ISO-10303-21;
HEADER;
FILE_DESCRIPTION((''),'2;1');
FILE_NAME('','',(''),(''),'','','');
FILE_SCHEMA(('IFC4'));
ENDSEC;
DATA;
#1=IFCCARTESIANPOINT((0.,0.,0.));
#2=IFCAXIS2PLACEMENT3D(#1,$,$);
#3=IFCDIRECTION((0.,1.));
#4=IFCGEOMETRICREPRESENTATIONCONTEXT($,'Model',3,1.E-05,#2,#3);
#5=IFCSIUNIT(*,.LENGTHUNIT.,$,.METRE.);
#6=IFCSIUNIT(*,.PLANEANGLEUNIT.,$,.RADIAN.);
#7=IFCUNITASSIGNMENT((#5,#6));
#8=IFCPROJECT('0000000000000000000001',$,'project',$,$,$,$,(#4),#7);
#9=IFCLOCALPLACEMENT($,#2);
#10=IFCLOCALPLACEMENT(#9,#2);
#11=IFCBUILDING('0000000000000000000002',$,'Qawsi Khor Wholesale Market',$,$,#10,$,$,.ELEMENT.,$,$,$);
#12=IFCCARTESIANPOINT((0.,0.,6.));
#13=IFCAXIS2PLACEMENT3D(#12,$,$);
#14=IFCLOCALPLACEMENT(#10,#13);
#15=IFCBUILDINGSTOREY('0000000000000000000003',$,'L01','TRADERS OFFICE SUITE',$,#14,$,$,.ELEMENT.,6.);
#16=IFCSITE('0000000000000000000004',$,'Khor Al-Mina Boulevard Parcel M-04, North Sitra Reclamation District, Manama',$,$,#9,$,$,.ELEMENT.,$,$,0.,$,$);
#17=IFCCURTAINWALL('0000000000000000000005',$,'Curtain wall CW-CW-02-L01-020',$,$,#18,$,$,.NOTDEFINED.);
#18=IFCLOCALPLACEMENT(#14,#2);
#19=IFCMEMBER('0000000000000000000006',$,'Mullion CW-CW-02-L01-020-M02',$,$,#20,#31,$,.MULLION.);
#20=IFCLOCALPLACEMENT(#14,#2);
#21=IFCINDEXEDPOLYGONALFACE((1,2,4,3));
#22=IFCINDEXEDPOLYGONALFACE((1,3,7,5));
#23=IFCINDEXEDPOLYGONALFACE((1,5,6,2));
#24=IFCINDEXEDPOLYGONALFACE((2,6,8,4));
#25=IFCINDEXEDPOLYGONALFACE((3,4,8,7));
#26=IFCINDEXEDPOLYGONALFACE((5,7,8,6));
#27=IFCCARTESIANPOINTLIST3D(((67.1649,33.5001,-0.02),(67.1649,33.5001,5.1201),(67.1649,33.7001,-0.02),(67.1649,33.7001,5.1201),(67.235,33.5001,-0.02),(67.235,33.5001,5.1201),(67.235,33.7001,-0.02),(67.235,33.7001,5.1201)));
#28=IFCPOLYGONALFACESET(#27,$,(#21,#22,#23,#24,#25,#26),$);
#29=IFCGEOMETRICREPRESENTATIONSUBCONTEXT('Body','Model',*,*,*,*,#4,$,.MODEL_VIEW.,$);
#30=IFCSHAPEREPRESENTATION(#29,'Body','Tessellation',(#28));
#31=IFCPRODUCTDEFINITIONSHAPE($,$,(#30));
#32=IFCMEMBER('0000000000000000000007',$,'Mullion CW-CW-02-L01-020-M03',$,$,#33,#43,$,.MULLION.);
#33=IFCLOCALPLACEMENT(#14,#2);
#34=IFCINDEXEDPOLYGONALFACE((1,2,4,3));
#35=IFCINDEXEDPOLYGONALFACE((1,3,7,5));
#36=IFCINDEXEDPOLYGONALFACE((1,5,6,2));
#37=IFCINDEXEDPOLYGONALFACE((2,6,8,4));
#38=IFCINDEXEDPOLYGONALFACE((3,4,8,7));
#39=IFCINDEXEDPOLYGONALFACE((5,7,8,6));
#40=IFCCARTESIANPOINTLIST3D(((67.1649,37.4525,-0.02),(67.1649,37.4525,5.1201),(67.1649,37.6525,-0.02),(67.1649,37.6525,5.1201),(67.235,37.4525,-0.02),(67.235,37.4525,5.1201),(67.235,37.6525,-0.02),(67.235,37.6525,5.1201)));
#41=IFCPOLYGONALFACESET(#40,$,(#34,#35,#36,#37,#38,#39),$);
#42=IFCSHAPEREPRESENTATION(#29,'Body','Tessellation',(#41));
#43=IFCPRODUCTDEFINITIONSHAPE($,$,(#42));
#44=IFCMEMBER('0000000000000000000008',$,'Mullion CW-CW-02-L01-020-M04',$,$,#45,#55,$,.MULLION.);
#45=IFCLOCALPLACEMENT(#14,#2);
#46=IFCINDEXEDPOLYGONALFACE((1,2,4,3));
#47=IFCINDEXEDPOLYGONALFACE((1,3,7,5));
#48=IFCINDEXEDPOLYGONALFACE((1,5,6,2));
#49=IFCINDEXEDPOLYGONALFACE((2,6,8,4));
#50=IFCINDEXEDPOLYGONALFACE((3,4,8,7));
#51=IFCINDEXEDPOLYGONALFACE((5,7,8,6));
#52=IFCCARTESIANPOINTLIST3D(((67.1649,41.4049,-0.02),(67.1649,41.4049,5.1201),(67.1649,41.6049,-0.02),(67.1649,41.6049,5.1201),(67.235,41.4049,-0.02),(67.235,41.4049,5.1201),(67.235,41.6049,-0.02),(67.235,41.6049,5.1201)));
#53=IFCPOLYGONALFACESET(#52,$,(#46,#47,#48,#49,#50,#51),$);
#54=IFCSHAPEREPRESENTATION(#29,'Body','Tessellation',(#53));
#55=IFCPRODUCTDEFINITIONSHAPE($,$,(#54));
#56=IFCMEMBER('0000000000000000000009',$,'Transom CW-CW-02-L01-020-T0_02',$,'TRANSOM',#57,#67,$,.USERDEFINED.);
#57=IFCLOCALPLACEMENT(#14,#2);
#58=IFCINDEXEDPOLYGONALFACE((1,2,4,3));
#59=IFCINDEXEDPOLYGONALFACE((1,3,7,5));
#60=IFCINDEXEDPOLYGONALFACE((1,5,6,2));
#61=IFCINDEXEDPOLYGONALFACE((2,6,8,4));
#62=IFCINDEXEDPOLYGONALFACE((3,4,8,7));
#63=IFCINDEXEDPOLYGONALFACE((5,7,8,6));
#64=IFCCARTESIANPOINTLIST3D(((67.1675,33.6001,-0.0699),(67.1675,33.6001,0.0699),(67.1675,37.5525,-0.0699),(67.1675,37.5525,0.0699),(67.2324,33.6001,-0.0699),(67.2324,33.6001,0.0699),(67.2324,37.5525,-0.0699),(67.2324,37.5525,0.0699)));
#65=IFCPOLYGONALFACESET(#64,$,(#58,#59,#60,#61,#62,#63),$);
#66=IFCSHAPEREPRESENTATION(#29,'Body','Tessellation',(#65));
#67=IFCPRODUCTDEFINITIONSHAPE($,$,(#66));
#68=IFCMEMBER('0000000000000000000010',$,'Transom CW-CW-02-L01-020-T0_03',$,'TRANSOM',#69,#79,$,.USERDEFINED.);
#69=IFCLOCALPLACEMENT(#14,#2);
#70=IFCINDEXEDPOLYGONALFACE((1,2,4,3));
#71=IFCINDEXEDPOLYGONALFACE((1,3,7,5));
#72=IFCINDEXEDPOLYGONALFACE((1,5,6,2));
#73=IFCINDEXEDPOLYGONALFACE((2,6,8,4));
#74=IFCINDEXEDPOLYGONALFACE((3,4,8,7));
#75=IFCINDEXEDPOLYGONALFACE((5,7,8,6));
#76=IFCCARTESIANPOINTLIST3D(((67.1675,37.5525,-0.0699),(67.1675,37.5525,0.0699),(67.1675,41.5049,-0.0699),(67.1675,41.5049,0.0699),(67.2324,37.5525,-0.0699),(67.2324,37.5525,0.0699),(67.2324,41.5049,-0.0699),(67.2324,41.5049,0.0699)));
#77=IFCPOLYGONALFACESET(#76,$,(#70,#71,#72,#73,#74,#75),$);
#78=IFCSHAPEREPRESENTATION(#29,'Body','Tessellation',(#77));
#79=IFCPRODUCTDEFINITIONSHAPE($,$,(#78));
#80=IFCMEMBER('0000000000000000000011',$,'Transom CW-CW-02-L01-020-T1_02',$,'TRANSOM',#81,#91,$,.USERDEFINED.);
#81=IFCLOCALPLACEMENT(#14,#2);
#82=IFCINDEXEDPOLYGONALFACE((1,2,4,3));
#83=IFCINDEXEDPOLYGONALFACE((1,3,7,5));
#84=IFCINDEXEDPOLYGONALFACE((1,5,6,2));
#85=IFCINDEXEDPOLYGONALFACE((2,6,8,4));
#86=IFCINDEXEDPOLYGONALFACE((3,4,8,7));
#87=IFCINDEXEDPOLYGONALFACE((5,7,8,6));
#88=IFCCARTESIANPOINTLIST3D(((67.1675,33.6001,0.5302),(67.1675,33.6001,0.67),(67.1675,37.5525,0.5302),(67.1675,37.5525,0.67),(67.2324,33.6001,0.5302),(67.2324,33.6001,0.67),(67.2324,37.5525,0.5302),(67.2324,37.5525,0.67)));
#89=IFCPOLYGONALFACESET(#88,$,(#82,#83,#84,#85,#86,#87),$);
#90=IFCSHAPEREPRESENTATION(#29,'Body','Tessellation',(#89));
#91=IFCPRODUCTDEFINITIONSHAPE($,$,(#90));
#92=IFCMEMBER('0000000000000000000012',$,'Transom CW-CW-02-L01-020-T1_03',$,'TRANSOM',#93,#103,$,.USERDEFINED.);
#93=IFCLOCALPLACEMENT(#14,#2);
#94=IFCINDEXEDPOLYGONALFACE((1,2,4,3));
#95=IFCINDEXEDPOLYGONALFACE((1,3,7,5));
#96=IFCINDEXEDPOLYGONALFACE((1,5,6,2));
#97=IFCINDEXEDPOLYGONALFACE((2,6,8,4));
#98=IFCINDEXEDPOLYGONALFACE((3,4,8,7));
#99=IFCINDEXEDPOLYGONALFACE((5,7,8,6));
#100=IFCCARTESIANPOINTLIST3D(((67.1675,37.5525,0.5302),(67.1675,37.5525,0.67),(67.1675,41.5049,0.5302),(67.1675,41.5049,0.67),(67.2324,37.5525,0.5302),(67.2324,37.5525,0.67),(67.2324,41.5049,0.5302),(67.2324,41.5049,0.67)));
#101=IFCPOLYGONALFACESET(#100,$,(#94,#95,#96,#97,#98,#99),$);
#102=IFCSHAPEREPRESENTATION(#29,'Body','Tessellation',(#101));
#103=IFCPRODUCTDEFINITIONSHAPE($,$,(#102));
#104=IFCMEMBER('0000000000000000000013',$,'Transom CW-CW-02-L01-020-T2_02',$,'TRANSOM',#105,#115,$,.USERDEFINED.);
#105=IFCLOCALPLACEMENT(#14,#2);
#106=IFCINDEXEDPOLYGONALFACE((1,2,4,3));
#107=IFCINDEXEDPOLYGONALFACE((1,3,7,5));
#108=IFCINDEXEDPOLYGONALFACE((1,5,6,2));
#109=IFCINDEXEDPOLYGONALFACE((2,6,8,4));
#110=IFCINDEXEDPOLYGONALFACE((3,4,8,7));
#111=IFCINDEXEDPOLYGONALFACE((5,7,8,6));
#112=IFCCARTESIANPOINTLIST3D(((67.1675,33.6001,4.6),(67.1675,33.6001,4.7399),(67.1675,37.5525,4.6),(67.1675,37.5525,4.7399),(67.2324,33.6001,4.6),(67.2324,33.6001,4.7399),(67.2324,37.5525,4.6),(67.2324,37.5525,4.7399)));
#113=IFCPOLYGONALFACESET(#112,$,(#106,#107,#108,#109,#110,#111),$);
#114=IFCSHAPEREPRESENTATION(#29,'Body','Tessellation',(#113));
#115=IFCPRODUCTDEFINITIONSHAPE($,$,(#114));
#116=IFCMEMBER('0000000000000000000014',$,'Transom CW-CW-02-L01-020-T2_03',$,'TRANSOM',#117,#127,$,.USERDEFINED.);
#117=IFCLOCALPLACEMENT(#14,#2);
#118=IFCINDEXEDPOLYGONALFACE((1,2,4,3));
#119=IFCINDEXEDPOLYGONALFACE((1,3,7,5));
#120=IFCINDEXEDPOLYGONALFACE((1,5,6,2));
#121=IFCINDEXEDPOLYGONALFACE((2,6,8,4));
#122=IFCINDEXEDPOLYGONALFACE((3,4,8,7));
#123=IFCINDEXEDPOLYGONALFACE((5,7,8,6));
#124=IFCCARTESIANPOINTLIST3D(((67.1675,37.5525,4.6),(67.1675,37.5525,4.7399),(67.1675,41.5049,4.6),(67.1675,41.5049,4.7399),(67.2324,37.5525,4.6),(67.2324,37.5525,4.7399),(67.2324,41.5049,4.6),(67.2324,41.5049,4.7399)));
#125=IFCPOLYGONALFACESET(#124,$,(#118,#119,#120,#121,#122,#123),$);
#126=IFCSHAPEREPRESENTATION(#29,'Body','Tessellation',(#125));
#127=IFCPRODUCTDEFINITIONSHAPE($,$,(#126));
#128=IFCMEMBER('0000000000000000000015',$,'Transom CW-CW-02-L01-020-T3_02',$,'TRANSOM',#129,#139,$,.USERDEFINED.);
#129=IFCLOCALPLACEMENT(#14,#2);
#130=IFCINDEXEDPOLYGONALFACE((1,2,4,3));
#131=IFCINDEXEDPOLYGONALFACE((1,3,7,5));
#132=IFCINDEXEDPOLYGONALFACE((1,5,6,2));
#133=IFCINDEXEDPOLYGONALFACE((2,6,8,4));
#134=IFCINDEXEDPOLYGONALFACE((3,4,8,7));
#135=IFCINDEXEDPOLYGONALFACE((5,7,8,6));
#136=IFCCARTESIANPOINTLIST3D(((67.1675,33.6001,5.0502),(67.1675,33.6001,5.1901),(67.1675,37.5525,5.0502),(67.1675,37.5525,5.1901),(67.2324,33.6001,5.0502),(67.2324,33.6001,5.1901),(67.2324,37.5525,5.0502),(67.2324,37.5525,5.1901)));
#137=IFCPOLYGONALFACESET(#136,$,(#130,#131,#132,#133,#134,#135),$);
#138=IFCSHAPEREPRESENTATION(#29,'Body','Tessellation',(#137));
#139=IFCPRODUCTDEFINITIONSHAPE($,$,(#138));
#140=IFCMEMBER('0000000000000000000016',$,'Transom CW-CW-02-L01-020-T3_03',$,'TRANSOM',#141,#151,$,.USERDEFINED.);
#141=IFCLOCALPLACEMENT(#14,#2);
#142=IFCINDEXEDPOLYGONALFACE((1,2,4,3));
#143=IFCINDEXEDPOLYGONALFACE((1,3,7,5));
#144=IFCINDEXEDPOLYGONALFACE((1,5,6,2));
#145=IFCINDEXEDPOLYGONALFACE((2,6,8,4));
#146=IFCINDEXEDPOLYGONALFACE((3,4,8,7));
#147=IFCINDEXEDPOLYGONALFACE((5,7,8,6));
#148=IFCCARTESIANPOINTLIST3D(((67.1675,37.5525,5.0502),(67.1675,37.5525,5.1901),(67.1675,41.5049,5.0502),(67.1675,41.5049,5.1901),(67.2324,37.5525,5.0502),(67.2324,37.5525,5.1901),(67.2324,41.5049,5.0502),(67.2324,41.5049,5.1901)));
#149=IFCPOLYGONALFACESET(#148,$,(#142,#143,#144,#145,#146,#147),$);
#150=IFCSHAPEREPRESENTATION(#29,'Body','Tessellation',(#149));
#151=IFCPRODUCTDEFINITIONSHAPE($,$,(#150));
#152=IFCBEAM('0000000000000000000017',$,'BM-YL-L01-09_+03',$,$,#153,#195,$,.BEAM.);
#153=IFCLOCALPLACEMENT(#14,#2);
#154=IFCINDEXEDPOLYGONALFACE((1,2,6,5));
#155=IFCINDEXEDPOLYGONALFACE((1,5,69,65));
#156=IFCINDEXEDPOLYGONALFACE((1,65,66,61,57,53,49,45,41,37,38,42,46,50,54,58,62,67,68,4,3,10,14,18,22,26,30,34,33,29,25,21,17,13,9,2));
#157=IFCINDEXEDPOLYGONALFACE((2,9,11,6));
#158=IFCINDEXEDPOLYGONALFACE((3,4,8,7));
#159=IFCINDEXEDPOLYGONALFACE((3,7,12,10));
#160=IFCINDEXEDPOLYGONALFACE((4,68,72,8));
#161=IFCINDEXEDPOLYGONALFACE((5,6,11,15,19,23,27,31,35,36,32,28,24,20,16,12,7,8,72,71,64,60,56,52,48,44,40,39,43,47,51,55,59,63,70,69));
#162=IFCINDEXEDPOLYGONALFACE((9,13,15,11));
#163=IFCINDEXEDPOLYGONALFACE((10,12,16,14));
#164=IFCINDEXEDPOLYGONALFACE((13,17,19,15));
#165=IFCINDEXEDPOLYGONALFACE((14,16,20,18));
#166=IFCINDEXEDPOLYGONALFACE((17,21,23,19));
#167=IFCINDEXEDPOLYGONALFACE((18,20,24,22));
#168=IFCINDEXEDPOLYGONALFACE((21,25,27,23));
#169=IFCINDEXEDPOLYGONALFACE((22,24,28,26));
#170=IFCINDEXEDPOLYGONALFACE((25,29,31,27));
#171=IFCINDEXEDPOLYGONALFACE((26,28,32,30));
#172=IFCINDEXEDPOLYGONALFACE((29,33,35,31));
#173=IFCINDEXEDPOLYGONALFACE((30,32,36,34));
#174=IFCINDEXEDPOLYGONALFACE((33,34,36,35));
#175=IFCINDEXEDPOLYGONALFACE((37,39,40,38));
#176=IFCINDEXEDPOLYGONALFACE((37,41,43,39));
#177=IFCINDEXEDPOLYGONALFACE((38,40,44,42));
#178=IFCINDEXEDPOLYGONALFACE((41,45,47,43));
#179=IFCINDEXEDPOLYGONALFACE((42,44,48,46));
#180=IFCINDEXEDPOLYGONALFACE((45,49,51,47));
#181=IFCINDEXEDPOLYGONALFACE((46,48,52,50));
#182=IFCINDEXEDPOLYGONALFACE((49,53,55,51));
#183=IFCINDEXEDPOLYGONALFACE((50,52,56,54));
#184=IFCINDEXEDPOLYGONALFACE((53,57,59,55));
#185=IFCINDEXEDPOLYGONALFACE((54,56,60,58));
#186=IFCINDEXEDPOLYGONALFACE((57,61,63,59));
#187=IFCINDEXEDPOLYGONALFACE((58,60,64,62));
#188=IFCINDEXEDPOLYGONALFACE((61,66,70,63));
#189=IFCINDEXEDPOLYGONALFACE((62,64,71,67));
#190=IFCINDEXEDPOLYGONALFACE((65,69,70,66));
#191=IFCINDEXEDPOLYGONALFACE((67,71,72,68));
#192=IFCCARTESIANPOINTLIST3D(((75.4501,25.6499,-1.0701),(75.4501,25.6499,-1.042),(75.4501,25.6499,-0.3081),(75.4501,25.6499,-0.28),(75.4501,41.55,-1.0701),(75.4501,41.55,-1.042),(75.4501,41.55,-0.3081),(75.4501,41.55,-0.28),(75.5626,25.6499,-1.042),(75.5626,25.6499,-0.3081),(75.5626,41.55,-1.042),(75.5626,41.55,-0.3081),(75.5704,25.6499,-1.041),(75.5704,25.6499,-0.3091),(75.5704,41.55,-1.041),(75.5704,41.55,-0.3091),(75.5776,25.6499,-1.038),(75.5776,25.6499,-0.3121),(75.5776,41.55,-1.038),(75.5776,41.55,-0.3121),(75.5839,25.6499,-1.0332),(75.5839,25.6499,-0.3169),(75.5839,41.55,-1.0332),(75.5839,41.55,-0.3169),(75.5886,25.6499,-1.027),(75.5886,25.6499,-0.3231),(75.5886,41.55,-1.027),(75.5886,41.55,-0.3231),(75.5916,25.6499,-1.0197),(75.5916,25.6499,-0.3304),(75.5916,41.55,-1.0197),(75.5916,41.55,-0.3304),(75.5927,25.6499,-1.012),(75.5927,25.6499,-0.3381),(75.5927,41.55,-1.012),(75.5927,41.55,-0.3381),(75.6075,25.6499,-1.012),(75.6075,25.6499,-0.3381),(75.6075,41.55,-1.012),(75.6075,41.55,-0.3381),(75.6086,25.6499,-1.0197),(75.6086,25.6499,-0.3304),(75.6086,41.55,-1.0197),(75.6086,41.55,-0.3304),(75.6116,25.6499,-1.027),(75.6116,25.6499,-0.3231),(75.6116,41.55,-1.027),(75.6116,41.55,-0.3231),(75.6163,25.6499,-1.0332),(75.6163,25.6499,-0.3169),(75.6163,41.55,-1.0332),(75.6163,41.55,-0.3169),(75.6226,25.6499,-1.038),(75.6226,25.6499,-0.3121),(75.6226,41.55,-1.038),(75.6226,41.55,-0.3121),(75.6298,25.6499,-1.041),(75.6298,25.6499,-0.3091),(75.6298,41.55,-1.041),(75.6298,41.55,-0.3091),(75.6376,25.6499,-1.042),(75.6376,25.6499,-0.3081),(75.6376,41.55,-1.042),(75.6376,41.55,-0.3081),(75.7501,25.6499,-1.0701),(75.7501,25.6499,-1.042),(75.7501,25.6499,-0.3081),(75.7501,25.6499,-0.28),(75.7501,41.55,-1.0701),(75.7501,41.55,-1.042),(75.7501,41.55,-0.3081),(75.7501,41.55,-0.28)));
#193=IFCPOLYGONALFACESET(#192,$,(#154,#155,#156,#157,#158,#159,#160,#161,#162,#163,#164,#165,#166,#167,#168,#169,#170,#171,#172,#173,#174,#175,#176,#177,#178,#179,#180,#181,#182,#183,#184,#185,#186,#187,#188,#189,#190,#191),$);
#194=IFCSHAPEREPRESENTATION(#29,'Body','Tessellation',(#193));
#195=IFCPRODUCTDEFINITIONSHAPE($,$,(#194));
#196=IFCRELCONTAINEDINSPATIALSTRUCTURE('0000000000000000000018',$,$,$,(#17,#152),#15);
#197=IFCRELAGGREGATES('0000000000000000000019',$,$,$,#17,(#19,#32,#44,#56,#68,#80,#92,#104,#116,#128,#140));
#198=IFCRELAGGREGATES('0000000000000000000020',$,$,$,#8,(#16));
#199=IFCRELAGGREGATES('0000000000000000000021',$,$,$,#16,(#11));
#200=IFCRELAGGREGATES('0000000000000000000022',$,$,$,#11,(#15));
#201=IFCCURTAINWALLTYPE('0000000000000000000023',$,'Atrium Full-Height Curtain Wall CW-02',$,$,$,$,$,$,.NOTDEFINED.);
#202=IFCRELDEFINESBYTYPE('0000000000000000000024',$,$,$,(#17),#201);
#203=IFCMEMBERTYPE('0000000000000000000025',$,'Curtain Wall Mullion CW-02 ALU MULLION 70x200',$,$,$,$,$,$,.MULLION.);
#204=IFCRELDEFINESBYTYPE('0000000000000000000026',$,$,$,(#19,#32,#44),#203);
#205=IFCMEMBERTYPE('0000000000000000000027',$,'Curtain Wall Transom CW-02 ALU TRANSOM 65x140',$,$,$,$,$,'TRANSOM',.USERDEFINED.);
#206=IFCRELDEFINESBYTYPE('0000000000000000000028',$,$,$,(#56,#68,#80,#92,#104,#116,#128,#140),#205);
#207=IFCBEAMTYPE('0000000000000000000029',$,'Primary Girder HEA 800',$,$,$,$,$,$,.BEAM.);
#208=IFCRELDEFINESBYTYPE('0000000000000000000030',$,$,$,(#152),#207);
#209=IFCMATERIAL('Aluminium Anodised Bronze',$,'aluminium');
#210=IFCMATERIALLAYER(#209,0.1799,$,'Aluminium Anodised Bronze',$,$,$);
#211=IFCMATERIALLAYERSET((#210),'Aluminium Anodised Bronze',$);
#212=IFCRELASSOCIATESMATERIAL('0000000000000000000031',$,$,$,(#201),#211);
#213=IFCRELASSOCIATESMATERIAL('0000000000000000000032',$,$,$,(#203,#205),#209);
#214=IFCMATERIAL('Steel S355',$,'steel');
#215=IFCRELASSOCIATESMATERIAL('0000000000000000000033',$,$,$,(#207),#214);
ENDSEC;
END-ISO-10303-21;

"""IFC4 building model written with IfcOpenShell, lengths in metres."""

from ifc_helpers import new_model, si_unit, direction, frame, origin, origin_2d, place, context, subcontext, project, spatial, rectangle, i_section, extrude, material, layer, layer_set, material_profile, profile_set, type_object, element, aggregate, save


model = new_model("IFC4")

# Units and contexts
model_context = context("Model", 3, precision=1e-05, world=origin(), true_north=direction((0.0, 1.0)))
body_context = subcontext(model_context, "Body", "Model", "MODEL_VIEW")
ifc_project = project(units=[si_unit("LENGTHUNIT", "METRE"), si_unit("PLANEANGLEUNIT", "RADIAN")], contexts=[model_context])

# Site, building, storey
site_placement = place(None, origin())
site = spatial("IfcSite", under=ifc_project, at=site_placement, Name="Khor Al-Mina Boulevard Parcel M-04, North Sitra Reclamation District, Manama", CompositionType="ELEMENT", RefElevation=0.0)
building_placement = place(site_placement, origin())
building = spatial("IfcBuilding", under=site, at=building_placement, Name="Qawsi Khor Wholesale Market", CompositionType="ELEMENT")
storey_placement = place(building_placement, frame((0.0, 0.0, 6.0)))
storey = spatial("IfcBuildingStorey", under=building, at=storey_placement, Name="L01", Description="TRADERS OFFICE SUITE", CompositionType="ELEMENT", Elevation=6.0)

# Curtain wall, members
ifc_material_1 = material(Name="Aluminium Anodised Bronze", Category="aluminium")
ifc_layer_1 = layer(ifc_material_1, 0.1799, Name="Aluminium Anodised Bronze")
ifc_layer_set_1 = layer_set([ifc_layer_1], Name="Aluminium Anodised Bronze")
curtain_wall_type = type_object("IfcCurtainWallType", Name="Atrium Full-Height Curtain Wall CW-02", PredefinedType="NOTDEFINED", material=ifc_layer_set_1)
curtain_wall_placement = place(storey_placement, origin())
curtain_wall = element("IfcCurtainWall", 1, at=curtain_wall_placement, inside=storey, type_object=curtain_wall_type, Name="Curtain wall CW-CW-02-L01-020", PredefinedType="NOTDEFINED")
ifc_material_profile_1 = material_profile(ifc_material_1, rectangle(XDim=0.0701, YDim=0.2, at=origin_2d()), Name="ALU MULLION 70x200")
ifc_profile_set_1 = profile_set([ifc_material_profile_1], Name="Aluminium Anodised Bronze")
member_type_1 = type_object("IfcMemberType", Name="Curtain Wall Mullion CW-02 ALU MULLION 70x200", PredefinedType="MULLION", material=ifc_profile_set_1)
member_1_placement = place(storey_placement, frame((67.2, 33.6001, -0.02), z_axis=(0.0, 0.0, 1.0), x_axis=(1.0, 0.0, 0.0)))
member_1 = element("IfcMember", 2, at=member_1_placement, type_object=member_type_1, Name="Mullion CW-CW-02-L01-020-M02", PredefinedType="MULLION", context=body_context, shape_type="SweptSolid", body=[
    extrude(rectangle(XDim=0.0701, YDim=0.2, at=origin_2d()), origin(), (0.0, 0.0, 1.0), 5.1401),
])
member_2_placement = place(storey_placement, frame((67.2, 37.5525, -0.02), z_axis=(0.0, 0.0, 1.0), x_axis=(1.0, 0.0, 0.0)))
member_2 = element("IfcMember", 3, at=member_2_placement, type_object=member_type_1, Name="Mullion CW-CW-02-L01-020-M03", PredefinedType="MULLION", context=body_context, shape_type="SweptSolid", body=[
    extrude(rectangle(XDim=0.0701, YDim=0.2, at=origin_2d()), origin(), (0.0, 0.0, 1.0), 5.1401),
])
member_3_placement = place(storey_placement, frame((67.2, 41.5049, -0.02), z_axis=(0.0, 0.0, 1.0), x_axis=(1.0, 0.0, 0.0)))
member_3 = element("IfcMember", 4, at=member_3_placement, type_object=member_type_1, Name="Mullion CW-CW-02-L01-020-M04", PredefinedType="MULLION", context=body_context, shape_type="SweptSolid", body=[
    extrude(rectangle(XDim=0.0701, YDim=0.2, at=origin_2d()), origin(), (0.0, 0.0, 1.0), 5.1401),
])
ifc_material_profile_2 = material_profile(ifc_material_1, rectangle(XDim=0.0649, YDim=0.1399, at=origin_2d()), Name="ALU TRANSOM 65x140")
ifc_profile_set_2 = profile_set([ifc_material_profile_2], Name="Aluminium Anodised Bronze")
member_type_2 = type_object("IfcMemberType", Name="Curtain Wall Transom CW-02 ALU TRANSOM 65x140", ElementType="TRANSOM", PredefinedType="USERDEFINED", material=ifc_profile_set_2)
member_4_placement = place(storey_placement, frame((67.2, 33.6001, 0.0), z_axis=(0.0, 1.0, 0.0), x_axis=(-1.0, 0.0, 0.0)))
member_4 = element("IfcMember", 5, at=member_4_placement, type_object=member_type_2, Name="Transom CW-CW-02-L01-020-T0_02", ObjectType="TRANSOM", PredefinedType="USERDEFINED", context=body_context, shape_type="SweptSolid", body=[
    extrude(rectangle(XDim=0.0649, YDim=0.1399, at=origin_2d()), origin(), (0.0, 0.0, 1.0), 3.9524),
])
member_5_placement = place(storey_placement, frame((67.2, 37.5525, 0.0), z_axis=(0.0, 1.0, 0.0), x_axis=(-1.0, 0.0, 0.0)))
member_5 = element("IfcMember", 6, at=member_5_placement, type_object=member_type_2, Name="Transom CW-CW-02-L01-020-T0_03", ObjectType="TRANSOM", PredefinedType="USERDEFINED", context=body_context, shape_type="SweptSolid", body=[
    extrude(rectangle(XDim=0.0649, YDim=0.1399, at=origin_2d()), origin(), (0.0, 0.0, 1.0), 3.9524),
])
member_6_placement = place(storey_placement, frame((67.2, 33.6001, 0.6001), z_axis=(0.0, 1.0, 0.0), x_axis=(-1.0, 0.0, 0.0)))
member_6 = element("IfcMember", 7, at=member_6_placement, type_object=member_type_2, Name="Transom CW-CW-02-L01-020-T1_02", ObjectType="TRANSOM", PredefinedType="USERDEFINED", context=body_context, shape_type="SweptSolid", body=[
    extrude(rectangle(XDim=0.0649, YDim=0.1399, at=origin_2d()), origin(), (0.0, 0.0, 1.0), 3.9524),
])
member_7_placement = place(storey_placement, frame((67.2, 37.5525, 0.6001), z_axis=(0.0, 1.0, 0.0), x_axis=(-1.0, 0.0, 0.0)))
member_7 = element("IfcMember", 8, at=member_7_placement, type_object=member_type_2, Name="Transom CW-CW-02-L01-020-T1_03", ObjectType="TRANSOM", PredefinedType="USERDEFINED", context=body_context, shape_type="SweptSolid", body=[
    extrude(rectangle(XDim=0.0649, YDim=0.1399, at=origin_2d()), origin(), (0.0, 0.0, 1.0), 3.9524),
])
member_8_placement = place(storey_placement, frame((67.2, 33.6001, 4.6699), z_axis=(0.0, 1.0, 0.0), x_axis=(-1.0, 0.0, 0.0)))
member_8 = element("IfcMember", 9, at=member_8_placement, type_object=member_type_2, Name="Transom CW-CW-02-L01-020-T2_02", ObjectType="TRANSOM", PredefinedType="USERDEFINED", context=body_context, shape_type="SweptSolid", body=[
    extrude(rectangle(XDim=0.0649, YDim=0.1399, at=origin_2d()), origin(), (0.0, 0.0, 1.0), 3.9524),
])
member_9_placement = place(storey_placement, frame((67.2, 37.5525, 4.6699), z_axis=(0.0, 1.0, 0.0), x_axis=(-1.0, 0.0, 0.0)))
member_9 = element("IfcMember", 10, at=member_9_placement, type_object=member_type_2, Name="Transom CW-CW-02-L01-020-T2_03", ObjectType="TRANSOM", PredefinedType="USERDEFINED", context=body_context, shape_type="SweptSolid", body=[
    extrude(rectangle(XDim=0.0649, YDim=0.1399, at=origin_2d()), origin(), (0.0, 0.0, 1.0), 3.9524),
])
member_10_placement = place(storey_placement, frame((67.2, 33.6001, 5.1201), z_axis=(0.0, 1.0, 0.0), x_axis=(-1.0, 0.0, 0.0)))
member_10 = element("IfcMember", 11, at=member_10_placement, type_object=member_type_2, Name="Transom CW-CW-02-L01-020-T3_02", ObjectType="TRANSOM", PredefinedType="USERDEFINED", context=body_context, shape_type="SweptSolid", body=[
    extrude(rectangle(XDim=0.0649, YDim=0.1399, at=origin_2d()), origin(), (0.0, 0.0, 1.0), 3.9524),
])
member_11_placement = place(storey_placement, frame((67.2, 37.5525, 5.1201), z_axis=(0.0, 1.0, 0.0), x_axis=(-1.0, 0.0, 0.0)))
member_11 = element("IfcMember", 12, at=member_11_placement, type_object=member_type_2, Name="Transom CW-CW-02-L01-020-T3_03", ObjectType="TRANSOM", PredefinedType="USERDEFINED", context=body_context, shape_type="SweptSolid", body=[
    extrude(rectangle(XDim=0.0649, YDim=0.1399, at=origin_2d()), origin(), (0.0, 0.0, 1.0), 3.9524),
])

# Beam
ifc_material_2 = material(Name="Steel S355", Category="steel")
ifc_material_profile_3 = material_profile(ifc_material_2, i_section(OverallWidth=0.3, OverallDepth=0.79, WebThickness=0.0149, FlangeThickness=0.0281, FilletRadius=0.03, at=origin_2d()), Name="HEA 800")
ifc_profile_set_3 = profile_set([ifc_material_profile_3], Name="Steel S355")
beam_type_1 = type_object("IfcBeamType", Name="Primary Girder HEA 800", PredefinedType="BEAM", material=ifc_profile_set_3)
beam_1_placement = place(storey_placement, frame((75.6001, 25.6499, -0.675), z_axis=(0.0, 1.0, 0.0), x_axis=(-1.0, 0.0, 0.0)))
element("IfcBeam", 13, at=beam_1_placement, inside=storey, type_object=beam_type_1, Name="BM-YL-L01-09_+03", PredefinedType="BEAM", context=body_context, shape_type="SweptSolid", body=[
    extrude(i_section(OverallWidth=0.3, OverallDepth=0.79, WebThickness=0.0149, FlangeThickness=0.0281, FilletRadius=0.03, at=origin_2d()), origin(), (0.0, 0.0, 1.0), 15.9001),
])

aggregate(curtain_wall, [member_1, member_2, member_3, member_4, member_5, member_6, member_7, member_8, member_9, member_10, member_11])

save(model, "model.ifc")
